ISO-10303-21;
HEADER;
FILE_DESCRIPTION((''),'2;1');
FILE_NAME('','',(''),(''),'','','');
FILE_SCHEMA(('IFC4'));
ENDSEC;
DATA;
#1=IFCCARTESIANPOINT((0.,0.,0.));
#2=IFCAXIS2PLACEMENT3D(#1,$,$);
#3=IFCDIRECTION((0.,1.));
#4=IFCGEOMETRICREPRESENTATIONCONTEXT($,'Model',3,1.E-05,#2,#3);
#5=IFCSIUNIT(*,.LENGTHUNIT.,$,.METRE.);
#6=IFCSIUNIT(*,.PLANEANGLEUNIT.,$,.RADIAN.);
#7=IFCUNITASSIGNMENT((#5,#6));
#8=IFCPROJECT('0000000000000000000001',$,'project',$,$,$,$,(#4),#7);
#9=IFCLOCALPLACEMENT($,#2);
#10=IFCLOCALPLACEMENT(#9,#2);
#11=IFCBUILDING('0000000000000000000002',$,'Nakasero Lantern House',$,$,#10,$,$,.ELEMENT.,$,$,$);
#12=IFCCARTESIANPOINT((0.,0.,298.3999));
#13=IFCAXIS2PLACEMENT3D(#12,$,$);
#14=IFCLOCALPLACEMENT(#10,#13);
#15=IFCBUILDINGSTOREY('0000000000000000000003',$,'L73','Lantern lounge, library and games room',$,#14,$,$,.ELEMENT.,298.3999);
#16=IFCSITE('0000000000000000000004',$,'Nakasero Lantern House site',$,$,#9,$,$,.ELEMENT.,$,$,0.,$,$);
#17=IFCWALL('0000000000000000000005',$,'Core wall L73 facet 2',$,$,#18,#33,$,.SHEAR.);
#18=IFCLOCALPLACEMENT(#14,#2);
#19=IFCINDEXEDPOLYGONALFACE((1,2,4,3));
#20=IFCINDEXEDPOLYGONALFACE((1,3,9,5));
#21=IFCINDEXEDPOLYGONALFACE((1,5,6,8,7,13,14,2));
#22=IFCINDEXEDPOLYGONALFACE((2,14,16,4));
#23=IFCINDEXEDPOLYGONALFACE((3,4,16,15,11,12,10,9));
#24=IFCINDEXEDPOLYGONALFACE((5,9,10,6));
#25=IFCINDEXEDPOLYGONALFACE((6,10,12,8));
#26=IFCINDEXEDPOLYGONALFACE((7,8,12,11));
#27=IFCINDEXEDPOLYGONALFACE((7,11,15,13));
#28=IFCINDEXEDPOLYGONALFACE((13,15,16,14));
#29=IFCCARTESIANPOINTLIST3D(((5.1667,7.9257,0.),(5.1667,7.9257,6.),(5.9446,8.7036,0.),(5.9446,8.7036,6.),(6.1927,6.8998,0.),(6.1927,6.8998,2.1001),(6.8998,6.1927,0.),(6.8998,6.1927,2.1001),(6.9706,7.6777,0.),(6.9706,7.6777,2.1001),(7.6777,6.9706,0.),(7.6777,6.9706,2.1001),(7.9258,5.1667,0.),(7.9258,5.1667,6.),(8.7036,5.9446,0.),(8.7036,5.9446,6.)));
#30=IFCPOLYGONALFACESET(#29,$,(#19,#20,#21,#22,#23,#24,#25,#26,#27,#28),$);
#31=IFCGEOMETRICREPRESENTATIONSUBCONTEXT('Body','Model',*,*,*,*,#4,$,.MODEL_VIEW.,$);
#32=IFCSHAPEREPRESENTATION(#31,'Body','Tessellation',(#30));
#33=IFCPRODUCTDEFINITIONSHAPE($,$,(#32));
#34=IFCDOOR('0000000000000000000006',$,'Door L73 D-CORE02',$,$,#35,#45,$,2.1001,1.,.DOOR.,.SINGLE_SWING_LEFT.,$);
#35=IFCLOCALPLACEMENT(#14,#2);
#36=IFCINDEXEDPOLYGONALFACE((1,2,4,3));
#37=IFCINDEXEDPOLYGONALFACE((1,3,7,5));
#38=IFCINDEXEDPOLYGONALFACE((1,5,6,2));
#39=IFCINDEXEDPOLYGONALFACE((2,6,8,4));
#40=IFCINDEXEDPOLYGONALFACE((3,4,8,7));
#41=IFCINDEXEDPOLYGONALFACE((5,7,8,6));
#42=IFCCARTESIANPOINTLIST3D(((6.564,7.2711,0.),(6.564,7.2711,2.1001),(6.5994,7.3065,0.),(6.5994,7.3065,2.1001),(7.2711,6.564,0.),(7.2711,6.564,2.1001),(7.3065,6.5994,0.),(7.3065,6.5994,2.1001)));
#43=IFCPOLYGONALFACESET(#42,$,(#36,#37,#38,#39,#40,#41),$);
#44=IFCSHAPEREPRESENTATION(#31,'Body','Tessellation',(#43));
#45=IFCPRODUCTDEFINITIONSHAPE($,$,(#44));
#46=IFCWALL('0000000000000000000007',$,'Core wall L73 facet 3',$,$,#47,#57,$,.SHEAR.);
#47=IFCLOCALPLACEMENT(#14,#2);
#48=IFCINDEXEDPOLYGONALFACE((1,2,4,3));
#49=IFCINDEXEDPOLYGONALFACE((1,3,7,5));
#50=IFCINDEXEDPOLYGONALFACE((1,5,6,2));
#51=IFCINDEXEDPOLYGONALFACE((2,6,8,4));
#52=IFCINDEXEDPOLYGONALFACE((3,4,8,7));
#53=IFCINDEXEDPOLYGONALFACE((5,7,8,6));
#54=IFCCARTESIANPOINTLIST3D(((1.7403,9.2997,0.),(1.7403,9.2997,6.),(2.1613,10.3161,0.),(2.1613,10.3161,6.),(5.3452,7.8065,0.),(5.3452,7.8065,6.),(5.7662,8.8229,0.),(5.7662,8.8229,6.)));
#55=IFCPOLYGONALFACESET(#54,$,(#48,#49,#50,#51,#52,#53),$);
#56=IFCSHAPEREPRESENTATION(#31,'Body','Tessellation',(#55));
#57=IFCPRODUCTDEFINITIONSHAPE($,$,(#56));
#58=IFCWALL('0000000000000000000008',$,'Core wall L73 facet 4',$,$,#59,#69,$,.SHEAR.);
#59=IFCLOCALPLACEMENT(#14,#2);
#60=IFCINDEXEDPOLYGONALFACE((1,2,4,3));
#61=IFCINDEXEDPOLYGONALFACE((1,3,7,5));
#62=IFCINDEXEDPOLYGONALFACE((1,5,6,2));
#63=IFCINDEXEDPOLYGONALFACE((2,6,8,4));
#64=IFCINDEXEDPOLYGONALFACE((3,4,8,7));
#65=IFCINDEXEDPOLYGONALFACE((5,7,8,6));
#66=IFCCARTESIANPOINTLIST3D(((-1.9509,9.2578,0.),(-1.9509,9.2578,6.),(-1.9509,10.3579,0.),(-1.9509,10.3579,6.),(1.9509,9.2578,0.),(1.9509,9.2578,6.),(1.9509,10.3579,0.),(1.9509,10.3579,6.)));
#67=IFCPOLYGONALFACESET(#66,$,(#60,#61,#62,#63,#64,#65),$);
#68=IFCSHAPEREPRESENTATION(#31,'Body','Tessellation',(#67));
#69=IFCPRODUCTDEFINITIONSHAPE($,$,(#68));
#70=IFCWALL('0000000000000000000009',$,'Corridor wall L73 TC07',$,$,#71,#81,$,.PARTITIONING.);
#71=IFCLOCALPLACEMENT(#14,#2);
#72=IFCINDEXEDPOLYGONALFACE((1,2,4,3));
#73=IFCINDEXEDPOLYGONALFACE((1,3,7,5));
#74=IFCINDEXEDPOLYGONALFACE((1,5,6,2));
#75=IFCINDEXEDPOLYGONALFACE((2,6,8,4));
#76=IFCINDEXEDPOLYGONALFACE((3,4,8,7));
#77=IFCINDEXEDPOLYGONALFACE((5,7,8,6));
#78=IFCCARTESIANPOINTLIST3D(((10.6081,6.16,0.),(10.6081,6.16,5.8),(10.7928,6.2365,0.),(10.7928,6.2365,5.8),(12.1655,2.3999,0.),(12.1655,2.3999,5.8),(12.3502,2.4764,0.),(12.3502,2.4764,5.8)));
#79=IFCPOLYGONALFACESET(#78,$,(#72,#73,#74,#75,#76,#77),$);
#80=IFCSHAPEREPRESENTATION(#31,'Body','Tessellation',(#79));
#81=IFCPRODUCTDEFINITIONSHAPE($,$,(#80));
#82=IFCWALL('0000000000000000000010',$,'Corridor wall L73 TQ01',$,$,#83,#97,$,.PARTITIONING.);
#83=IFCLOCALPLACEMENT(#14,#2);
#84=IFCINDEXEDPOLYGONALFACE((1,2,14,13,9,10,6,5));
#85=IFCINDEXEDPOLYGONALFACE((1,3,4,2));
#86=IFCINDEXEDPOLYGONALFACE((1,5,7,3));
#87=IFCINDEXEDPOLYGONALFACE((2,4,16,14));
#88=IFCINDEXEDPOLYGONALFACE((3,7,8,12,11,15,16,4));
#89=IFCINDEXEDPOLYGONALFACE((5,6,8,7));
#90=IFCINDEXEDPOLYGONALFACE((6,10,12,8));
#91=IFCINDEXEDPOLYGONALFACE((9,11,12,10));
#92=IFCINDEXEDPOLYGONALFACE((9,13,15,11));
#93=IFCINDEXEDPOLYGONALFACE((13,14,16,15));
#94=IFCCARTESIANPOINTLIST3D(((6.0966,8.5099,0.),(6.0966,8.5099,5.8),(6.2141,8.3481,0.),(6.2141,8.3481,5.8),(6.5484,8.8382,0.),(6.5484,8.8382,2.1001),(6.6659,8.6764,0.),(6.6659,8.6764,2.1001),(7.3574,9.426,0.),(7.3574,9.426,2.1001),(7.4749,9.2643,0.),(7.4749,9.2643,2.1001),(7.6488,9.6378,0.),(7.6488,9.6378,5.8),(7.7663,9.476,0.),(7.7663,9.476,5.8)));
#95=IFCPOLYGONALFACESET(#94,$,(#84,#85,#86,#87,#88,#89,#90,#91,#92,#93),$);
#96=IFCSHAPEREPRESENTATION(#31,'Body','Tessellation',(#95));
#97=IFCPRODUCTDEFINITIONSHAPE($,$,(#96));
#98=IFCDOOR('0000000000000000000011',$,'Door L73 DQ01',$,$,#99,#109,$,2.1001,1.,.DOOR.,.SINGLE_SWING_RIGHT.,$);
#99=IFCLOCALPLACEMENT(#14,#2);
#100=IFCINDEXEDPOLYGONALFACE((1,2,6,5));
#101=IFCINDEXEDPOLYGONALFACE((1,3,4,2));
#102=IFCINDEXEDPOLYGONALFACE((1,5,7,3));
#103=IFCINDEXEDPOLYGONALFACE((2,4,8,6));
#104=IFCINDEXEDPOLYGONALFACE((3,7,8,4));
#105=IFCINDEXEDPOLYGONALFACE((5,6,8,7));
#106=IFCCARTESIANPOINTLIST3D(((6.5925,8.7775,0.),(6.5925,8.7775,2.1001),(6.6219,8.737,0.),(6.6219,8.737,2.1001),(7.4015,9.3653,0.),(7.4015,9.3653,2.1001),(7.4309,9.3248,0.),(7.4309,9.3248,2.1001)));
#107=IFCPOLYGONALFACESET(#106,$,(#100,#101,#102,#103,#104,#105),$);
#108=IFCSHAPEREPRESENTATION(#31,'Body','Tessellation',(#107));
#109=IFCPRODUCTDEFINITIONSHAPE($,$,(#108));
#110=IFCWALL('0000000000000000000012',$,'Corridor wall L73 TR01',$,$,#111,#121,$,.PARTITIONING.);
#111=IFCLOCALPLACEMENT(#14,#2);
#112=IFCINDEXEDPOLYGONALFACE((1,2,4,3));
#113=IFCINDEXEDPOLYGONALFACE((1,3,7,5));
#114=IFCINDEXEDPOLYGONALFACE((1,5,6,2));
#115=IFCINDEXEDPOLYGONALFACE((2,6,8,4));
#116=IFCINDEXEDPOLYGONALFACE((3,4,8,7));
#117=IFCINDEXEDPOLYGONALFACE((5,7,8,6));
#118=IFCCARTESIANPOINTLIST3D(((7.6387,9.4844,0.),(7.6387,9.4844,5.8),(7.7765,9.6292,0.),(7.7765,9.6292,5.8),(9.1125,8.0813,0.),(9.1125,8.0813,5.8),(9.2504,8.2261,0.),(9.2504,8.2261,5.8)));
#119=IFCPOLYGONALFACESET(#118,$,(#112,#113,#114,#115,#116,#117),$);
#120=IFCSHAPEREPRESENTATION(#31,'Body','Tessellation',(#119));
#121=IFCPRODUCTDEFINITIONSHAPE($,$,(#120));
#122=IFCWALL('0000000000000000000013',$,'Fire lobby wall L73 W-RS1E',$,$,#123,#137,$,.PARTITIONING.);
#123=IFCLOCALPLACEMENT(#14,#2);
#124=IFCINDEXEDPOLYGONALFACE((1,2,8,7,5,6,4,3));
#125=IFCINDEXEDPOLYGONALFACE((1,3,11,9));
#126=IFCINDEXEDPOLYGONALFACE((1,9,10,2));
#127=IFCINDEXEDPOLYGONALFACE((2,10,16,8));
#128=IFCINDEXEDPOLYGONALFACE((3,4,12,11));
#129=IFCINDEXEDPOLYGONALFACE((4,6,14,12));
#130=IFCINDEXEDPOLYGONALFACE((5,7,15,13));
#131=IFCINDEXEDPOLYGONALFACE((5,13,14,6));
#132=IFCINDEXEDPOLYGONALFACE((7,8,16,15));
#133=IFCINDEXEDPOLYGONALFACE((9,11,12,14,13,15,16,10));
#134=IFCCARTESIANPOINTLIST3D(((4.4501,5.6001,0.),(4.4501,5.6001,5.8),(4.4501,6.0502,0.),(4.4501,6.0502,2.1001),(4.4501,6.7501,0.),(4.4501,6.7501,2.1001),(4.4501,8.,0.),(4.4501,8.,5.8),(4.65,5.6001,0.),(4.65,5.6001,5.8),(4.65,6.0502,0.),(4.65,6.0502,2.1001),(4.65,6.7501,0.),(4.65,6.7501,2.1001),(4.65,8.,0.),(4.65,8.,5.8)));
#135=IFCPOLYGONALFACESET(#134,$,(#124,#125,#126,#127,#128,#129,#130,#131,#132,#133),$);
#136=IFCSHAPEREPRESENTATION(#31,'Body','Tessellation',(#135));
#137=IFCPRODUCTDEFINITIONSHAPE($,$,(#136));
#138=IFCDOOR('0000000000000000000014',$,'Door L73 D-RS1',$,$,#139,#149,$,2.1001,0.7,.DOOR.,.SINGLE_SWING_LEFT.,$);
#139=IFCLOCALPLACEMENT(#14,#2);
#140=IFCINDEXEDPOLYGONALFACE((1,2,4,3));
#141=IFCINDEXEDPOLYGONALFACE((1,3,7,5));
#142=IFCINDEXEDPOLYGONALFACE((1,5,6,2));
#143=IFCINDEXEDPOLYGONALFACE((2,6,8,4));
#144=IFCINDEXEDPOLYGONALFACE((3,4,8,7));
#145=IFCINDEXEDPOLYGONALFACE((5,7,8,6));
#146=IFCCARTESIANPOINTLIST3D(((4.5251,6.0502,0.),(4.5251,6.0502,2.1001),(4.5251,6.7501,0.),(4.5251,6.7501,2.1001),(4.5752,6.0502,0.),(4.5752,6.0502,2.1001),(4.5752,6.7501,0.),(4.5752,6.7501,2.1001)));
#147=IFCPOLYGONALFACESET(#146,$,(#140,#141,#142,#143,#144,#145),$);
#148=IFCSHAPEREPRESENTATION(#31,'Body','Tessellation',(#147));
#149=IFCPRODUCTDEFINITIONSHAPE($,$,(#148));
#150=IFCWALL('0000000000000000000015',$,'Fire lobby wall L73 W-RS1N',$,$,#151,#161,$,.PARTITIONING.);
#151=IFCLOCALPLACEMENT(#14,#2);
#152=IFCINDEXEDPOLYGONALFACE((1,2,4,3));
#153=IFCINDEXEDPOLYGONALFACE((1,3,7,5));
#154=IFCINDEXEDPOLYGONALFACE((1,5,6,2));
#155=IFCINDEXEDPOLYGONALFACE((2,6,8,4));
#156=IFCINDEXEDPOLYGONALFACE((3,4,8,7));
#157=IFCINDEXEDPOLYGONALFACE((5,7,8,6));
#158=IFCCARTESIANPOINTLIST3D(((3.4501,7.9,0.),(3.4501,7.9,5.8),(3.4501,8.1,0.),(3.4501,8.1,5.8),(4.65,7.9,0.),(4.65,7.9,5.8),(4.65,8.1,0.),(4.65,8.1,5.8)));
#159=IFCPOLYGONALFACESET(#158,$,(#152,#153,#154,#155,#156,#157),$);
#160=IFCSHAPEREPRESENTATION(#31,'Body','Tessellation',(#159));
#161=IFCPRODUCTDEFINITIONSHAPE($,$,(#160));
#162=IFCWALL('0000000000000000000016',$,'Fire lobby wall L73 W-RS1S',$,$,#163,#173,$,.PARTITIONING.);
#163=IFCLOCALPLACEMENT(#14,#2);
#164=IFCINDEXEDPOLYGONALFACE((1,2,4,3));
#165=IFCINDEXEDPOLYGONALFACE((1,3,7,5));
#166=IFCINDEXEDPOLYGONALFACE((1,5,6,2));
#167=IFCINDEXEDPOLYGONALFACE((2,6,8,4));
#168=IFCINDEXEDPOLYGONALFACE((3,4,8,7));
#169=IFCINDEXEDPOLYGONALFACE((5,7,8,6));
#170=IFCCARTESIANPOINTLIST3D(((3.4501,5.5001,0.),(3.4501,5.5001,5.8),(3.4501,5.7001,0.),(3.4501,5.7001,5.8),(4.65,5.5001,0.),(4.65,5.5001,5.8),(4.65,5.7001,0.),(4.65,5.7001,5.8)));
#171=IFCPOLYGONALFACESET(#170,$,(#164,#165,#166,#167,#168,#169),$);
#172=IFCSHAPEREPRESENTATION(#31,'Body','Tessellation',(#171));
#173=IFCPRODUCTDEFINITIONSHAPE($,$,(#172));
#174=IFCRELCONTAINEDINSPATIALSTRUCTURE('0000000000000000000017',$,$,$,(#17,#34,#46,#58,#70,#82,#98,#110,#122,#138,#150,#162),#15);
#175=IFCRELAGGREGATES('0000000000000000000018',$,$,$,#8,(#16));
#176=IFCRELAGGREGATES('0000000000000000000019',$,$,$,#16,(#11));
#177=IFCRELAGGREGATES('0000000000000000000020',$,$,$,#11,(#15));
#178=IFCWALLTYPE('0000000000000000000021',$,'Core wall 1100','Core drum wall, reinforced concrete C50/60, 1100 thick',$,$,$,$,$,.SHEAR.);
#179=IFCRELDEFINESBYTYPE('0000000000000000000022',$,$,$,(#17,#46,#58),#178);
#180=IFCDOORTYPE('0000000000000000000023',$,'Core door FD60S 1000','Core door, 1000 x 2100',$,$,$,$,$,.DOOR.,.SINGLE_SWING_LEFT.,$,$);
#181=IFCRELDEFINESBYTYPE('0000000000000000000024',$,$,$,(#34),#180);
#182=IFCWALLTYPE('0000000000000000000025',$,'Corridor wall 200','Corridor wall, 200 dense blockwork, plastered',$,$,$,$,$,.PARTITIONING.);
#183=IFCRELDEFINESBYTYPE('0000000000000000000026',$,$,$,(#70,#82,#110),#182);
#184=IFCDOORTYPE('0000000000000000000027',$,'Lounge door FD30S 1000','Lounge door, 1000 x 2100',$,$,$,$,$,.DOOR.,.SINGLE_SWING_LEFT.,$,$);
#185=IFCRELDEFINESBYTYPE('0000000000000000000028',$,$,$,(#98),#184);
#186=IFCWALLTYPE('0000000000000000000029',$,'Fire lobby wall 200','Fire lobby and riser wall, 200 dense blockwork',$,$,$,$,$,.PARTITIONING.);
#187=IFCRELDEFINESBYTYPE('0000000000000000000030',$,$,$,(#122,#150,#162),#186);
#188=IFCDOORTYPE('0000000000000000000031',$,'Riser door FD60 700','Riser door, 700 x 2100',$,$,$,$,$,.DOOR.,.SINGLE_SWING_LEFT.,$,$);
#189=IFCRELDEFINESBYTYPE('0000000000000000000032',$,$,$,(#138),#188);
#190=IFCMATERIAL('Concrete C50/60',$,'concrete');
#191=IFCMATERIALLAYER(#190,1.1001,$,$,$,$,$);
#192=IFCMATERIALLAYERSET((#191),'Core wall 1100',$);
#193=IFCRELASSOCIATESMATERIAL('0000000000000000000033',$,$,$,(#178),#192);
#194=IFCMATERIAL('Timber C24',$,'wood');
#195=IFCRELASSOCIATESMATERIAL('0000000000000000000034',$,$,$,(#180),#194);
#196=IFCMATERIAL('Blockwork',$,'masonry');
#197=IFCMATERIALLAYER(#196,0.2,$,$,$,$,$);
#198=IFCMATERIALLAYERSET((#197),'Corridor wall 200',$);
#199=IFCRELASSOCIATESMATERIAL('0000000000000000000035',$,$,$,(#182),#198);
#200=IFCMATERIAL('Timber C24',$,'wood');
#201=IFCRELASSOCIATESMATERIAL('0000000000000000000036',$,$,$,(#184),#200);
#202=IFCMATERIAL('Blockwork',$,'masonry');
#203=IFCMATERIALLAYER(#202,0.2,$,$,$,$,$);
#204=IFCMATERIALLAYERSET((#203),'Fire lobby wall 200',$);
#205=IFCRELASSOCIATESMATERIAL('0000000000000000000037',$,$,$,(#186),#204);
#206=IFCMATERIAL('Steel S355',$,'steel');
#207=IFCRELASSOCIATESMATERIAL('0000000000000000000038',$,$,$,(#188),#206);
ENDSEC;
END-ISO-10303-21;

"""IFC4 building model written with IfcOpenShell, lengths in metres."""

from ifc_helpers import new_model, si_unit, direction, frame, frame_2d, origin, place, context, subcontext, project, spatial, rectangle, extrude, material, layer, layer_set, type_object, element, fill, save


model = new_model("IFC4")

# Units and contexts
model_context = context("Model", 3, precision=1e-05, world=origin(), true_north=direction((0.0, 1.0)))
body_context = subcontext(model_context, "Body", "Model", "MODEL_VIEW")
ifc_project = project(units=[si_unit("LENGTHUNIT", "METRE"), si_unit("PLANEANGLEUNIT", "RADIAN")], contexts=[model_context])

# Site, building, storey
site_placement = place(None, origin())
site = spatial("IfcSite", under=ifc_project, at=site_placement, Name="Nakasero Lantern House site", CompositionType="ELEMENT", RefElevation=0.0)
building_placement = place(site_placement, origin())
building = spatial("IfcBuilding", under=site, at=building_placement, Name="Nakasero Lantern House", CompositionType="ELEMENT")
storey_placement = place(building_placement, frame((0.0, 0.0, 298.3999)))
storey = spatial("IfcBuildingStorey", under=building, at=storey_placement, Name="L73", Description="Lantern lounge, library and games room", CompositionType="ELEMENT", Elevation=298.3999)

# Shared definitions
ifc_material_1 = material(Name="Concrete C50/60", Category="concrete")
ifc_layer_1 = layer(ifc_material_1, 1.1001)
ifc_layer_set_1 = layer_set([ifc_layer_1], Name="Core wall 1100")
wall_type_1 = type_object("IfcWallType", Name="Core wall 1100", Description="Core drum wall, reinforced concrete C50/60, 1100 thick", PredefinedType="SHEAR", material=ifc_layer_set_1)

# Wall, opening, door
wall_1_placement = place(storey_placement, frame((8.3147, 5.5557, 0.0), z_axis=(0.0, 0.0, 1.0), x_axis=(-0.707107, 0.707107, 0.0)))
wall_1 = element("IfcWall", 1, at=wall_1_placement, inside=storey, type_object=wall_type_1, Name="Core wall L73 facet 2", PredefinedType="SHEAR", context=body_context, shape_type="SweptSolid", body=[
    extrude(rectangle(XDim=3.9019, YDim=1.1001, at=frame_2d((1.9509, 0.0))), origin(), (0.0, 0.0, 1.0), 6.0),
])
opening_1_placement = place(wall_1_placement, frame((1.4509, 0.0, 0.0)))
opening_1 = element("IfcOpeningElement", 2, at=opening_1_placement, cuts=wall_1, PredefinedType="OPENING", context=body_context, shape_type="SweptSolid", body=[
    extrude(rectangle(XDim=1.0, YDim=2.1001, at=frame_2d((0.5, 1.05))), frame((0.0, 0.5701, 0.0), z_axis=(0.0, -1.0, 0.0), x_axis=(1.0, 0.0, 0.0)), (0.0, 0.0, 1.0), 1.1401),
])
ifc_material_2 = material(Name="Timber C24", Category="wood")
door_type_1 = type_object("IfcDoorType", Name="Core door FD60S 1000", Description="Core door, 1000 x 2100", OperationType="SINGLE_SWING_LEFT", PredefinedType="DOOR", material=ifc_material_2)
door_1_placement = place(opening_1_placement, origin())
door_1 = element("IfcDoor", 3, at=door_1_placement, inside=storey, type_object=door_type_1, Name="Door L73 D-CORE02", OperationType="SINGLE_SWING_LEFT", OverallHeight=2.1001, OverallWidth=1.0, PredefinedType="DOOR", context=body_context, shape_type="SweptSolid", body=[
    extrude(rectangle(XDim=1.0, YDim=2.1001, at=frame_2d((0.5, 1.05))), frame((0.0, 0.0249, 0.0), z_axis=(0.0, -1.0, 0.0), x_axis=(1.0, 0.0, 0.0)), (0.0, 0.0, 1.0), 0.05),
])
fill(opening_1, door_1)

# Walls
for number, where, z_axis, x_axis, name in (
    (4, (5.5557, 8.3147, 0.0), (0.0, 0.0, 1.0), (-0.923877, 0.382691, 0.0), "Core wall L73 facet 3"),
    (5, (1.9509, 9.8079, 0.0), (0.0, 0.0, 1.0), (-1.0, 0.0, 0.0), "Core wall L73 facet 4"),
):
    element("IfcWall", number, at=place(storey_placement, frame(where, z_axis=z_axis, x_axis=x_axis)), inside=storey, type_object=wall_type_1, Name=name, PredefinedType="SHEAR", context=body_context, shape_type="SweptSolid", body=[
        extrude(rectangle(XDim=3.9019, YDim=1.1001, at=frame_2d((1.9509, 0.0))), origin(), (0.0, 0.0, 1.0), 6.0),
    ])
ifc_material_3 = material(Name="Blockwork", Category="masonry")
ifc_layer_2 = layer(ifc_material_3, 0.2)
ifc_layer_set_2 = layer_set([ifc_layer_2], Name="Corridor wall 200")
wall_type_2 = type_object("IfcWallType", Name="Corridor wall 200", Description="Corridor wall, 200 dense blockwork, plastered", PredefinedType="PARTITIONING", material=ifc_layer_set_2)
wall_2_placement = place(storey_placement, frame((10.7004, 6.1982, 0.0), z_axis=(0.0, 0.0, 1.0), x_axis=(0.382668, -0.923886, 0.0)))
element("IfcWall", 6, at=wall_2_placement, inside=storey, type_object=wall_type_2, Name="Corridor wall L73 TC07", PredefinedType="PARTITIONING", context=body_context, shape_type="SweptSolid", body=[
    extrude(rectangle(XDim=4.0698, YDim=0.2, at=frame_2d((2.0349, 0.0))), origin(), (0.0, 0.0, 1.0), 5.8),
])

# Wall, opening, door
wall_3_placement = place(storey_placement, frame((6.1553, 8.429, 0.0), z_axis=(0.0, 0.0, 1.0), x_axis=(0.808978, 0.587839, 0.0)))
wall_3 = element("IfcWall", 7, at=wall_3_placement, inside=storey, type_object=wall_type_2, Name="Corridor wall L73 TQ01", PredefinedType="PARTITIONING", context=body_context, shape_type="SweptSolid", body=[
    extrude(rectangle(XDim=1.9187, YDim=0.2, at=frame_2d((0.9595, 0.0))), origin(), (0.0, 0.0, 1.0), 5.8),
])
opening_2_placement = place(wall_3_placement, frame((0.5586, 0.0, 0.0)))
opening_2 = element("IfcOpeningElement", 8, at=opening_2_placement, cuts=wall_3, PredefinedType="OPENING", context=body_context, shape_type="SweptSolid", body=[
    extrude(rectangle(XDim=1.0, YDim=2.1001, at=frame_2d((0.5, 1.05))), frame((0.0, 0.1199, 0.0), z_axis=(0.0, -1.0, 0.0), x_axis=(1.0, 0.0, 0.0)), (0.0, 0.0, 1.0), 0.24),
])
ifc_material_4 = material(Name="Timber C24", Category="wood")
door_type_2 = type_object("IfcDoorType", Name="Lounge door FD30S 1000", Description="Lounge door, 1000 x 2100", OperationType="SINGLE_SWING_LEFT", PredefinedType="DOOR", material=ifc_material_4)
door_2_placement = place(opening_2_placement, origin())
door_2 = element("IfcDoor", 9, at=door_2_placement, inside=storey, type_object=door_type_2, Name="Door L73 DQ01", OperationType="SINGLE_SWING_RIGHT", OverallHeight=2.1001, OverallWidth=1.0, PredefinedType="DOOR", context=body_context, shape_type="SweptSolid", body=[
    extrude(rectangle(XDim=1.0, YDim=2.1001, at=frame_2d((0.5, 1.05))), frame((0.0, 0.0249, 0.0), z_axis=(0.0, -1.0, 0.0), x_axis=(1.0, 0.0, 0.0)), (0.0, 0.0, 1.0), 0.05),
])
fill(opening_2, door_2)

# Wall
wall_4_placement = place(storey_placement, frame((7.7075, 9.5569, 0.0), z_axis=(0.0, 0.0, 1.0), x_axis=(0.724289, -0.689496, 0.0)))
element("IfcWall", 10, at=wall_4_placement, inside=storey, type_object=wall_type_2, Name="Corridor wall L73 TR01", PredefinedType="PARTITIONING", context=body_context, shape_type="SweptSolid", body=[
    extrude(rectangle(XDim=2.0349, YDim=0.2, at=frame_2d((1.0176, 0.0))), origin(), (0.0, 0.0, 1.0), 5.8),
])

# Wall, opening, door
ifc_material_5 = material(Name="Blockwork", Category="masonry")
ifc_layer_3 = layer(ifc_material_5, 0.2)
ifc_layer_set_3 = layer_set([ifc_layer_3], Name="Fire lobby wall 200")
wall_type_3 = type_object("IfcWallType", Name="Fire lobby wall 200", Description="Fire lobby and riser wall, 200 dense blockwork", PredefinedType="PARTITIONING", material=ifc_layer_set_3)
wall_5_placement = place(storey_placement, frame((4.55, 5.6001, 0.0), z_axis=(0.0, 0.0, 1.0), x_axis=(0.0, 1.0, 0.0)))
wall_5 = element("IfcWall", 11, at=wall_5_placement, inside=storey, type_object=wall_type_3, Name="Fire lobby wall L73 W-RS1E", PredefinedType="PARTITIONING", context=body_context, shape_type="SweptSolid", body=[
    extrude(rectangle(XDim=2.3999, YDim=0.2, at=frame_2d((1.2, 0.0))), origin(), (0.0, 0.0, 1.0), 5.8),
])
opening_3_placement = place(wall_5_placement, frame((0.45, 0.0, 0.0)))
opening_3 = element("IfcOpeningElement", 12, at=opening_3_placement, cuts=wall_5, PredefinedType="OPENING", context=body_context, shape_type="SweptSolid", body=[
    extrude(rectangle(XDim=0.7, YDim=2.1001, at=frame_2d((0.3501, 1.05))), frame((0.0, 0.1199, 0.0), z_axis=(0.0, -1.0, 0.0), x_axis=(1.0, 0.0, 0.0)), (0.0, 0.0, 1.0), 0.24),
])
ifc_material_6 = material(Name="Steel S355", Category="steel")
door_type_3 = type_object("IfcDoorType", Name="Riser door FD60 700", Description="Riser door, 700 x 2100", OperationType="SINGLE_SWING_LEFT", PredefinedType="DOOR", material=ifc_material_6)
door_3_placement = place(opening_3_placement, origin())
door_3 = element("IfcDoor", 13, at=door_3_placement, inside=storey, type_object=door_type_3, Name="Door L73 D-RS1", OperationType="SINGLE_SWING_LEFT", OverallHeight=2.1001, OverallWidth=0.7, PredefinedType="DOOR", context=body_context, shape_type="SweptSolid", body=[
    extrude(rectangle(XDim=0.7, YDim=2.1001, at=frame_2d((0.3501, 1.05))), frame((0.0, 0.0249, 0.0), z_axis=(0.0, -1.0, 0.0), x_axis=(1.0, 0.0, 0.0)), (0.0, 0.0, 1.0), 0.05),
])
fill(opening_3, door_3)

# Walls
for number, where, z_axis, x_axis, name in (
    (14, (3.45, 8.0, 0.0), (0.0, 0.0, 1.0), (1.0, 0.0, 0.0), "Fire lobby wall L73 W-RS1N"),
    (15, (3.45, 5.6001, 0.0), (0.0, 0.0, 1.0), (1.0, 0.0, 0.0), "Fire lobby wall L73 W-RS1S"),
):
    element("IfcWall", number, at=place(storey_placement, frame(where, z_axis=z_axis, x_axis=x_axis)), inside=storey, type_object=wall_type_3, Name=name, PredefinedType="PARTITIONING", context=body_context, shape_type="SweptSolid", body=[
        extrude(rectangle(XDim=1.2, YDim=0.2, at=frame_2d((0.6001, 0.0))), origin(), (0.0, 0.0, 1.0), 5.8),
    ])

save(model, "model.ifc")
